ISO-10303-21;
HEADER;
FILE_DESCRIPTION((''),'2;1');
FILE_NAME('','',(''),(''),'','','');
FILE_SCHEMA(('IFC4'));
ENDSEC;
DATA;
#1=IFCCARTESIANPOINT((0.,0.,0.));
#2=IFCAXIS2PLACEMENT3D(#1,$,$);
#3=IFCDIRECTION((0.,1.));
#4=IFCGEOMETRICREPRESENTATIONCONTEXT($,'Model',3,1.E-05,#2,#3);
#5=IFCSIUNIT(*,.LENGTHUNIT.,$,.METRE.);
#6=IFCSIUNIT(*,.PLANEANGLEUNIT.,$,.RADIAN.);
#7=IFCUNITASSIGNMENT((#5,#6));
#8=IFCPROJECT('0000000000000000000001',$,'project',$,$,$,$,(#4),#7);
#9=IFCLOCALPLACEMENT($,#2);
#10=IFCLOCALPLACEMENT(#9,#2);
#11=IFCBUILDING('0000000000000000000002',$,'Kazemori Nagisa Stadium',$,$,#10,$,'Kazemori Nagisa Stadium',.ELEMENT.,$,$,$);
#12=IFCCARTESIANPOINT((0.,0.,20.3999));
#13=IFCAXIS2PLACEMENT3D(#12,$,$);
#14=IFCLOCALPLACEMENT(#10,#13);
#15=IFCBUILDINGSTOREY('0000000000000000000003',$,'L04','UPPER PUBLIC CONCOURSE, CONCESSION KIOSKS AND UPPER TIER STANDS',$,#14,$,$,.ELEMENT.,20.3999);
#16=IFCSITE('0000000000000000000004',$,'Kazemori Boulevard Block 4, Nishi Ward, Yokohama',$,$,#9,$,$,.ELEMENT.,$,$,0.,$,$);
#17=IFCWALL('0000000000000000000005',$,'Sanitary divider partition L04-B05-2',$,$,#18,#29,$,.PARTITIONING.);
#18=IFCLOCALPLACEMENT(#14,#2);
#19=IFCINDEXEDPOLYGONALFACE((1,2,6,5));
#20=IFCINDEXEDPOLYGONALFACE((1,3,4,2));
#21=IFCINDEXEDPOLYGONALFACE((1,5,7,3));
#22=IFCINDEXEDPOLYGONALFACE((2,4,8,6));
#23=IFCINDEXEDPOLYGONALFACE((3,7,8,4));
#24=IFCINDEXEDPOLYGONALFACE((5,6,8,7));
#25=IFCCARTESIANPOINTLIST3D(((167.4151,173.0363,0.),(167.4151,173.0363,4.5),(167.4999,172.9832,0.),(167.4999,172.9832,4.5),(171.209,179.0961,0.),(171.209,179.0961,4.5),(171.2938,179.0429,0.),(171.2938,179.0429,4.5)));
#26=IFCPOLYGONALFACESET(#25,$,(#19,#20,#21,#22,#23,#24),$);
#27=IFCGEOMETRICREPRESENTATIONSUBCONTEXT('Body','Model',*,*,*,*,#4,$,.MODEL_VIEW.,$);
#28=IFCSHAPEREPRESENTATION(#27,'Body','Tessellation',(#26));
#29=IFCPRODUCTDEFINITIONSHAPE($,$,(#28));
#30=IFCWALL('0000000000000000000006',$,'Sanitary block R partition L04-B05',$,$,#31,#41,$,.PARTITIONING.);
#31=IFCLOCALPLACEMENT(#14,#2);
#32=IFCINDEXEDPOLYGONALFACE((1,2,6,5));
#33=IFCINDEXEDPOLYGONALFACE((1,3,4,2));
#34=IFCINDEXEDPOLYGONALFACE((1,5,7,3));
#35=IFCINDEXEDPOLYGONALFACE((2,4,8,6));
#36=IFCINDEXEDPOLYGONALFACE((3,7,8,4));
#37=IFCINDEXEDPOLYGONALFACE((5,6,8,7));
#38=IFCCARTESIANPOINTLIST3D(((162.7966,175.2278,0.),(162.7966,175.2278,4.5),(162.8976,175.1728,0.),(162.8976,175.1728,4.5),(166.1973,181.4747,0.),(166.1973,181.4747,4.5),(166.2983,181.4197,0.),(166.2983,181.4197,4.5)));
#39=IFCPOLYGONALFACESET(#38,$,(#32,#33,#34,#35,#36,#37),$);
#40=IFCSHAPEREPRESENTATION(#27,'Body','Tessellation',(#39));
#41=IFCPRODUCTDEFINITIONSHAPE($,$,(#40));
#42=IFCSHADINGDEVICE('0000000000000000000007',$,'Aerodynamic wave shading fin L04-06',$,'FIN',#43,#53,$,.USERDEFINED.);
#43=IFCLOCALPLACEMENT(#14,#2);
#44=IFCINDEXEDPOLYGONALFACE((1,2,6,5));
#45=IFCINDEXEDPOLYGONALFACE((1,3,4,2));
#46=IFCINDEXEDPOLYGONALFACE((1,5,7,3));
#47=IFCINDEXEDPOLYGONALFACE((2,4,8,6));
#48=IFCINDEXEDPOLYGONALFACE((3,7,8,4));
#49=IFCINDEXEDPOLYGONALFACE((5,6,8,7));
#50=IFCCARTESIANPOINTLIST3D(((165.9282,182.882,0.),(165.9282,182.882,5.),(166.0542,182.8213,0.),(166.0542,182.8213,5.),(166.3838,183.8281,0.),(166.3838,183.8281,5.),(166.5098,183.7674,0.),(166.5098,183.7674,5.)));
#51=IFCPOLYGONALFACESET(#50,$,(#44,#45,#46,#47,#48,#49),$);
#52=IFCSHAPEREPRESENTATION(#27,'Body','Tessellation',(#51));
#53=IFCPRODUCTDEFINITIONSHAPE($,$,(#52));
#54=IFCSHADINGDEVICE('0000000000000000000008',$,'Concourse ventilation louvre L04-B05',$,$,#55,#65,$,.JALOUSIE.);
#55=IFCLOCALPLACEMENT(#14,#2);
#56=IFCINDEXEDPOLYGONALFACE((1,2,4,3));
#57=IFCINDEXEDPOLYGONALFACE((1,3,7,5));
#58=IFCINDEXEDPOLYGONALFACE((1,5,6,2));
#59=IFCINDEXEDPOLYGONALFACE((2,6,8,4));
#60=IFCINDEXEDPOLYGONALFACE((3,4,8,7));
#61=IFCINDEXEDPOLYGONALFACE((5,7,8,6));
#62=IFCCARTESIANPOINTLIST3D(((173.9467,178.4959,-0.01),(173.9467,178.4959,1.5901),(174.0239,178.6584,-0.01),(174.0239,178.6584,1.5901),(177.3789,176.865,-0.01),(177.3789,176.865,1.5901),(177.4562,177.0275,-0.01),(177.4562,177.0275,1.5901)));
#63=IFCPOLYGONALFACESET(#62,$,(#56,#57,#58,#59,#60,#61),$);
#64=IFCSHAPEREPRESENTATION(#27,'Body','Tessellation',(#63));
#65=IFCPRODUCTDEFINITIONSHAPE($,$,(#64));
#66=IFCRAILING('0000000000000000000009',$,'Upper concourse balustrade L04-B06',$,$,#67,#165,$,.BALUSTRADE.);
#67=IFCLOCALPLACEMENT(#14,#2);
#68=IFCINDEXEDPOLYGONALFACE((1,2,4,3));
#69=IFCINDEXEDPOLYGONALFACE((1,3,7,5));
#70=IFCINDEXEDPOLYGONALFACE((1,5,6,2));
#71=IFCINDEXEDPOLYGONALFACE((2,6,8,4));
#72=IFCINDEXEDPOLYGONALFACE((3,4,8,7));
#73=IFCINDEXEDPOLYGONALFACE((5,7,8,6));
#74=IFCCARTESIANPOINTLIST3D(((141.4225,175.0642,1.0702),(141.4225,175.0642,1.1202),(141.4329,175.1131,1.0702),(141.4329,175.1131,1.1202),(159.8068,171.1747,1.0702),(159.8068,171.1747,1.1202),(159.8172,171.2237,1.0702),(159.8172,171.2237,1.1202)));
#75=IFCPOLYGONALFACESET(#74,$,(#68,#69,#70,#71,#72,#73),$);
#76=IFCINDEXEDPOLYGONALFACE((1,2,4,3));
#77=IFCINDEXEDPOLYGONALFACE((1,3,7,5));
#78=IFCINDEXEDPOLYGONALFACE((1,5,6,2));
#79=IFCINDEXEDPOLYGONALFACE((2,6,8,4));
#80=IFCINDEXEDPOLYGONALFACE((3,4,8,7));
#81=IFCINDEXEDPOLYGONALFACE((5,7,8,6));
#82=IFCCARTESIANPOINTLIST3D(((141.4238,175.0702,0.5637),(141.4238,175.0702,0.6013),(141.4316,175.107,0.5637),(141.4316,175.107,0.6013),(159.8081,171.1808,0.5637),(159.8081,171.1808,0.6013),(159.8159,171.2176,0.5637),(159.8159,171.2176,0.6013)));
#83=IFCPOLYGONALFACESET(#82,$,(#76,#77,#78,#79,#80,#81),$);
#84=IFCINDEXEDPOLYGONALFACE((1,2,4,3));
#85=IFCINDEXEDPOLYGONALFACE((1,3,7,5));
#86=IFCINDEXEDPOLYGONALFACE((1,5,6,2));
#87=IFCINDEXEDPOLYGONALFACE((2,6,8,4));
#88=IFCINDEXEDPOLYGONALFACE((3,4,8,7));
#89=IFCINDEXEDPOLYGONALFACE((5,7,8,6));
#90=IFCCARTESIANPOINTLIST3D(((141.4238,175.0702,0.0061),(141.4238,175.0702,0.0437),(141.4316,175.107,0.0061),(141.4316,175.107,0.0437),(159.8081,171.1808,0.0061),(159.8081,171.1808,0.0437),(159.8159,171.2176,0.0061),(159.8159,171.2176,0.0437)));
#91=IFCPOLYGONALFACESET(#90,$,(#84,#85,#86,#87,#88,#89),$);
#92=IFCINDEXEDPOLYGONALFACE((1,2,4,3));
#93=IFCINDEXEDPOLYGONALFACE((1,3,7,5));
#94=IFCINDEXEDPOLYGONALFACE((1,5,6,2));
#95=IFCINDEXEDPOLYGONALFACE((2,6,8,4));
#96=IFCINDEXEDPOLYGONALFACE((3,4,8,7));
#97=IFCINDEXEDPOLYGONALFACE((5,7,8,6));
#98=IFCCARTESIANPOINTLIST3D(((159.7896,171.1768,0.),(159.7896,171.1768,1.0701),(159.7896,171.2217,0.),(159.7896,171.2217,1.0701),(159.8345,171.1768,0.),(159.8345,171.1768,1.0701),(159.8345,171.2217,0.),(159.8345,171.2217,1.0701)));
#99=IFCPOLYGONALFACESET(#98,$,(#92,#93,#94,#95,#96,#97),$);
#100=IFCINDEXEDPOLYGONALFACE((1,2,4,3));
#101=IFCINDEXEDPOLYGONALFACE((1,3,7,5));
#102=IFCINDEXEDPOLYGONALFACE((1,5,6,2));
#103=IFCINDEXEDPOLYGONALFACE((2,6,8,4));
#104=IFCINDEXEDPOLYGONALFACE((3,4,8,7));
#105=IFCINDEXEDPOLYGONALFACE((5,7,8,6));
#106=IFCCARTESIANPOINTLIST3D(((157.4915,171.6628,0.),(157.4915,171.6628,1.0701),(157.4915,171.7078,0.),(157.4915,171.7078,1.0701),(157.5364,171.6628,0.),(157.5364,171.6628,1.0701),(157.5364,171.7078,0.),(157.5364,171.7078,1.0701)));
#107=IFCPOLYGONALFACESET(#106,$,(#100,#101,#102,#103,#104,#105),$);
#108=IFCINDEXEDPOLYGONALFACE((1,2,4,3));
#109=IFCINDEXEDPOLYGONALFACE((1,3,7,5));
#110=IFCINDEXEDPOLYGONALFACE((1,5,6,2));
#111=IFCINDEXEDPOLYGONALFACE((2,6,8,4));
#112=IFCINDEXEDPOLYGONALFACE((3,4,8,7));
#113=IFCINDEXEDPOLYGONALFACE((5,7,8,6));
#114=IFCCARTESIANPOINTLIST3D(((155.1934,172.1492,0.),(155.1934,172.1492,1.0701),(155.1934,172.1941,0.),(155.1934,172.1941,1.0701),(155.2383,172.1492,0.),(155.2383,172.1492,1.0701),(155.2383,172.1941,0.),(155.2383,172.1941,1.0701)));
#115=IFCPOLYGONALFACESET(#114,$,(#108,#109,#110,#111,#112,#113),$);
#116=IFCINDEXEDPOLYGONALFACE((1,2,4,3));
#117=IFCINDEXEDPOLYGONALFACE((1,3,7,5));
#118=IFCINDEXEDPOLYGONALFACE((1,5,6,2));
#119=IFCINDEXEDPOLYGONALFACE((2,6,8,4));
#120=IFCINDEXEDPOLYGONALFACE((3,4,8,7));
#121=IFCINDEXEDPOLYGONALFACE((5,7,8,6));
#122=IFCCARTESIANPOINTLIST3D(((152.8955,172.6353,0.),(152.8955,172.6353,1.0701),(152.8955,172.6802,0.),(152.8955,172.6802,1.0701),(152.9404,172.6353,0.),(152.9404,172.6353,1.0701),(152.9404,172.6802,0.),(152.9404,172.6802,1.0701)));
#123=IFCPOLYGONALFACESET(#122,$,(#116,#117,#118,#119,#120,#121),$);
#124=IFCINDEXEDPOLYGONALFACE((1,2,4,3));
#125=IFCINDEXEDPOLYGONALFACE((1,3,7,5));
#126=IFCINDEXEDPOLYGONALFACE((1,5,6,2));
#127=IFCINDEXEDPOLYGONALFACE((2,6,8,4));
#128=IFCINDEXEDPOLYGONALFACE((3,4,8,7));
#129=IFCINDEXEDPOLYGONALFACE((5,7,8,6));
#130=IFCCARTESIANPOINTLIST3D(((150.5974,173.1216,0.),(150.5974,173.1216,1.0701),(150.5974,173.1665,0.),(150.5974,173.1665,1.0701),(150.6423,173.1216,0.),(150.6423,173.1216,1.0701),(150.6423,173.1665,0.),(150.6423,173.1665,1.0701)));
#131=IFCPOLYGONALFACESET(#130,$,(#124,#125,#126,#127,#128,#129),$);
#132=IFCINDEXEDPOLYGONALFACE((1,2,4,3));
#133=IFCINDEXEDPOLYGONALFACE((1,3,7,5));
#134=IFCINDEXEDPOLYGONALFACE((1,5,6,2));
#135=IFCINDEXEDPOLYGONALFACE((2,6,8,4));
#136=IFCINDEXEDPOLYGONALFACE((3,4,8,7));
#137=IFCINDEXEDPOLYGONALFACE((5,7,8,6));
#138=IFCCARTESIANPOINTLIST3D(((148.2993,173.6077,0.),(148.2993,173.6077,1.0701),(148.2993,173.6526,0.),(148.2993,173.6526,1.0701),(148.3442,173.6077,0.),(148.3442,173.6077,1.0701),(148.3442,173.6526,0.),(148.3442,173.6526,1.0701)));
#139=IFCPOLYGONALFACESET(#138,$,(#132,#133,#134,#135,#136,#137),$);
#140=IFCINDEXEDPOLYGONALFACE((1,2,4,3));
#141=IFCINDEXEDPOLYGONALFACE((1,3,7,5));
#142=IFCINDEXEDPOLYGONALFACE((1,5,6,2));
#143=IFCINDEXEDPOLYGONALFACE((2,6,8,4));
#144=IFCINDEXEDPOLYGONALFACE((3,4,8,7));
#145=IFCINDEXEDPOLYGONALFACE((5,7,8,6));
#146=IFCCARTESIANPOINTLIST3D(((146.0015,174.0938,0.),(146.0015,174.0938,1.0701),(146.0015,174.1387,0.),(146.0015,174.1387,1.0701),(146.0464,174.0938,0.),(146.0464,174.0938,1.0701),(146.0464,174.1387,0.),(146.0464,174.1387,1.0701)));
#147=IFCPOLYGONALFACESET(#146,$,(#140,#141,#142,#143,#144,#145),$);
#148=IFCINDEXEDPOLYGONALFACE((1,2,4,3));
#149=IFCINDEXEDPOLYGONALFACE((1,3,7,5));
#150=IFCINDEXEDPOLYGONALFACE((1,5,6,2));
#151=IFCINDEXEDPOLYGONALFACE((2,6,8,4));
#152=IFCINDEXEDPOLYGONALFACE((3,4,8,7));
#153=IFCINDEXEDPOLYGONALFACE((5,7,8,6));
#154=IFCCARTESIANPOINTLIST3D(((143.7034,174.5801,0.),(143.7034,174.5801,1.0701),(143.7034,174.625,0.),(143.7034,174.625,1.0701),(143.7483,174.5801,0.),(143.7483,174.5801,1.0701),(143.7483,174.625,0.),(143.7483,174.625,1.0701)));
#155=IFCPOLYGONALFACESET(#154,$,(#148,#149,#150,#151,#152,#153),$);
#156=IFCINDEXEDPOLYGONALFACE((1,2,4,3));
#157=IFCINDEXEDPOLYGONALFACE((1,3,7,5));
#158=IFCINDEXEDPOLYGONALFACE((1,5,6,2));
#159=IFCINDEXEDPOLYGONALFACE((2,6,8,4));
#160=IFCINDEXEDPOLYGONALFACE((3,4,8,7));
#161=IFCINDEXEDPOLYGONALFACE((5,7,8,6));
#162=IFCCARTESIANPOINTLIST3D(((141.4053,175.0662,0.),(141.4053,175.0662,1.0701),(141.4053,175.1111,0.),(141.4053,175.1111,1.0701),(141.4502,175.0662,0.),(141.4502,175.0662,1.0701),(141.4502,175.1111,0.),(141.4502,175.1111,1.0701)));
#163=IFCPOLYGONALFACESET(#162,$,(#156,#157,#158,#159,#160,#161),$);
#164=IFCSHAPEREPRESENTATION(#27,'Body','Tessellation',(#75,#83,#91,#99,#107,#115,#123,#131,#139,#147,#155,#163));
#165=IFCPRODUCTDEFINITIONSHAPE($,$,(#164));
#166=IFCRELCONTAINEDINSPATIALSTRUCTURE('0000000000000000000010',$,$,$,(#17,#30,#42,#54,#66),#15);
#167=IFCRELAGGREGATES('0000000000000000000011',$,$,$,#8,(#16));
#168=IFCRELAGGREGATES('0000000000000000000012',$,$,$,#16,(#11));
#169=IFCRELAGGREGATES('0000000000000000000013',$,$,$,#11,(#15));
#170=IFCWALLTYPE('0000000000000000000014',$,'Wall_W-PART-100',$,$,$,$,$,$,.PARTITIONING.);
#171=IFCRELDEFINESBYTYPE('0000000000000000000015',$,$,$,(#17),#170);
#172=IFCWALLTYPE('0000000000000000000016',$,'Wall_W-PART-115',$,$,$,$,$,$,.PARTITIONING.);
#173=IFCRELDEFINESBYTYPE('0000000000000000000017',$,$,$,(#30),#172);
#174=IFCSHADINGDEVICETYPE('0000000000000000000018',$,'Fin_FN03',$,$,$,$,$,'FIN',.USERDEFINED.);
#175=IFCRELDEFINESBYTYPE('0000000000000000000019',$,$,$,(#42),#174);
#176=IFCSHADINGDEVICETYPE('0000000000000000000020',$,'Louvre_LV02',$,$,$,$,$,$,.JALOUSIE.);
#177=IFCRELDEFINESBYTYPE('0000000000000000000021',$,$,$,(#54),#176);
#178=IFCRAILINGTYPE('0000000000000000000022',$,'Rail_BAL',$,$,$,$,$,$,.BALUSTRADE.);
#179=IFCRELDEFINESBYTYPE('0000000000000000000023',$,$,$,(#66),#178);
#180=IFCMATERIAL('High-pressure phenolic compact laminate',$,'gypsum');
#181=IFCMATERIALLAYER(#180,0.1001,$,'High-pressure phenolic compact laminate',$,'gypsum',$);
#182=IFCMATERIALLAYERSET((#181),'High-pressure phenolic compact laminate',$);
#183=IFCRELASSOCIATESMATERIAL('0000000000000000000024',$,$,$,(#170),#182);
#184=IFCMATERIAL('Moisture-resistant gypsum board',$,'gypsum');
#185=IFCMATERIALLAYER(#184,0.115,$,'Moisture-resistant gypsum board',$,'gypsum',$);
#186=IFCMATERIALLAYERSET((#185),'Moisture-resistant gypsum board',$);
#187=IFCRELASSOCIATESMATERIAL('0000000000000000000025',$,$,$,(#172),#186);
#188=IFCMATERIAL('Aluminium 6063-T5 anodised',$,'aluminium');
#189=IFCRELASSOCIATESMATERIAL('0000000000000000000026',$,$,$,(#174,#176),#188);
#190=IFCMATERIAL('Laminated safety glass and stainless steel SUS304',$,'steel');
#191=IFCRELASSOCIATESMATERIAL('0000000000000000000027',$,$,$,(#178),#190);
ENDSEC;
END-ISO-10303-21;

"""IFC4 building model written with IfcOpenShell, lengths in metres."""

from ifc_helpers import new_model, si_unit, direction, frame, frame_2d, origin, origin_2d, place, context, subcontext, project, spatial, rectangle, extrude, material, layer, layer_set, type_object, element, save


model = new_model("IFC4")

# Units and contexts
model_context = context("Model", 3, precision=1e-05, world=origin(), true_north=direction((0.0, 1.0)))
body_context = subcontext(model_context, "Body", "Model", "MODEL_VIEW")
ifc_project = project(units=[si_unit("LENGTHUNIT", "METRE"), si_unit("PLANEANGLEUNIT", "RADIAN")], contexts=[model_context])

# Site, building, storey
site_placement = place(None, origin())
site = spatial("IfcSite", under=ifc_project, at=site_placement, Name="Kazemori Boulevard Block 4, Nishi Ward, Yokohama", CompositionType="ELEMENT", RefElevation=0.0)
building_placement = place(site_placement, origin())
building = spatial("IfcBuilding", under=site, at=building_placement, Name="Kazemori Nagisa Stadium", LongName="Kazemori Nagisa Stadium", CompositionType="ELEMENT")
storey_placement = place(building_placement, frame((0.0, 0.0, 20.3999)))
storey = spatial("IfcBuildingStorey", under=building, at=storey_placement, Name="L04", Description="UPPER PUBLIC CONCOURSE, CONCESSION KIOSKS AND UPPER TIER STANDS", CompositionType="ELEMENT", Elevation=20.3999)

# Shared definitions
ifc_material_1 = material(Name="Aluminium 6063-T5 anodised", Category="aluminium")

# Walls
ifc_material_2 = material(Name="High-pressure phenolic compact laminate", Category="gypsum")
ifc_layer_1 = layer(ifc_material_2, 0.1001, Name="High-pressure phenolic compact laminate", Category="gypsum")
ifc_layer_set_1 = layer_set([ifc_layer_1], Name="High-pressure phenolic compact laminate")
wall_type_1 = type_object("IfcWallType", Name="Wall_W-PART-100", PredefinedType="PARTITIONING", material=ifc_layer_set_1)
wall_1_placement = place(storey_placement, frame((167.4575, 173.0098, 0.0), z_axis=(0.0, 0.0, 1.0), x_axis=(0.530659, 0.847586, 0.0)))
element("IfcWall", 1, at=wall_1_placement, inside=storey, type_object=wall_type_1, Name="Sanitary divider partition L04-B05-2", PredefinedType="PARTITIONING", context=body_context, shape_type="SweptSolid", body=[
    extrude(rectangle(XDim=7.1494, YDim=0.1001, at=frame_2d((3.5747, 0.0))), origin(), (0.0, 0.0, 1.0), 4.5),
])
ifc_material_3 = material(Name="Moisture-resistant gypsum board", Category="gypsum")
ifc_layer_2 = layer(ifc_material_3, 0.115, Name="Moisture-resistant gypsum board", Category="gypsum")
ifc_layer_set_2 = layer_set([ifc_layer_2], Name="Moisture-resistant gypsum board")
wall_type_2 = type_object("IfcWallType", Name="Wall_W-PART-115", PredefinedType="PARTITIONING", material=ifc_layer_set_2)
wall_2_placement = place(storey_placement, frame((162.8472, 175.2004, 0.0), z_axis=(0.0, 0.0, 1.0), x_axis=(0.478123, 0.878293, 0.0)))
element("IfcWall", 2, at=wall_2_placement, inside=storey, type_object=wall_type_2, Name="Sanitary block R partition L04-B05", PredefinedType="PARTITIONING", context=body_context, shape_type="SweptSolid", body=[
    extrude(rectangle(XDim=7.1125, YDim=0.115, at=frame_2d((3.5562, 0.0))), origin(), (0.0, 0.0, 1.0), 4.5),
])

# Shading devices
shading_device_type_1 = type_object("IfcShadingDeviceType", Name="Fin_FN03", ElementType="FIN", PredefinedType="USERDEFINED", material=ifc_material_1)
shading_device_1_placement = place(storey_placement, frame((166.219, 183.3247, 0.0), z_axis=(0.0, 0.0, 1.0), x_axis=(0.433884, 0.900969, 0.0)))
element("IfcShadingDevice", 3, at=shading_device_1_placement, inside=storey, type_object=shading_device_type_1, Name="Aerodynamic wave shading fin L04-06", ObjectType="FIN", PredefinedType="USERDEFINED", context=body_context, shape_type="SweptSolid", body=[
    extrude(rectangle(XDim=1.05, YDim=0.1399, at=origin_2d()), origin(), (0.0, 0.0, 1.0), 5.0),
])
shading_device_type_2 = type_object("IfcShadingDeviceType", Name="Louvre_LV02", PredefinedType="JALOUSIE", material=ifc_material_1)
shading_device_2_placement = place(storey_placement, frame((175.7014, 177.7617, -0.01), z_axis=(0.0, 0.0, 1.0), x_axis=(-0.903216, 0.429186, 0.0)))
element("IfcShadingDevice", 4, at=shading_device_2_placement, inside=storey, type_object=shading_device_type_2, Name="Concourse ventilation louvre L04-B05", PredefinedType="JALOUSIE", context=body_context, shape_type="SweptSolid", body=[
    extrude(rectangle(XDim=3.8, YDim=0.1799, at=origin_2d()), origin(), (0.0, 0.0, 1.0), 1.6001),
])

# Railing
ifc_material_4 = material(Name="Laminated safety glass and stainless steel SUS304", Category="steel")
railing_type_1 = type_object("IfcRailingType", Name="Rail_BAL", PredefinedType="BALUSTRADE", material=ifc_material_4)
railing_1_placement = place(storey_placement, frame((159.812, 171.1992, 0.0)))
element("IfcRailing", 5, at=railing_1_placement, inside=storey, type_object=railing_type_1, Name="Upper concourse balustrade L04-B06", PredefinedType="BALUSTRADE", context=body_context, shape_type="SweptSolid", body=[
    extrude(rectangle(XDim=0.05, YDim=0.05, at=origin_2d()), frame((0.0, 0.0, 1.0952), z_axis=(-0.978345, 0.20698, 0.0), x_axis=(-0.20698, -0.978345, 0.0)), (0.0, 0.0, 1.0), 18.7913),
    extrude(rectangle(XDim=0.0376, YDim=0.0376, at=origin_2d()), frame((0.0, 0.0, 0.5825), z_axis=(-0.978345, 0.20698, 0.0), x_axis=(-0.20698, -0.978345, 0.0)), (0.0, 0.0, 1.0), 18.7913),
    extrude(rectangle(XDim=0.0376, YDim=0.0376, at=origin_2d()), frame((0.0, 0.0, 0.0249), z_axis=(-0.978345, 0.20698, 0.0), x_axis=(-0.20698, -0.978345, 0.0)), (0.0, 0.0, 1.0), 18.7913),
    extrude(rectangle(XDim=0.0449, YDim=0.0449, at=origin_2d()), origin(), (0.0, 0.0, 1.0), 1.0701),
    extrude(rectangle(XDim=0.0449, YDim=0.0449, at=origin_2d()), frame((-2.2981, 0.4861, 0.0)), (0.0, 0.0, 1.0), 1.0701),
    extrude(rectangle(XDim=0.0449, YDim=0.0449, at=origin_2d()), frame((-4.5962, 0.9724, 0.0)), (0.0, 0.0, 1.0), 1.0701),
    extrude(rectangle(XDim=0.0449, YDim=0.0449, at=origin_2d()), frame((-6.894, 1.4585, 0.0)), (0.0, 0.0, 1.0), 1.0701),
    extrude(rectangle(XDim=0.0449, YDim=0.0449, at=origin_2d()), frame((-9.1921, 1.9448, 0.0)), (0.0, 0.0, 1.0), 1.0701),
    extrude(rectangle(XDim=0.0449, YDim=0.0449, at=origin_2d()), frame((-11.4902, 2.4309, 0.0)), (0.0, 0.0, 1.0), 1.0701),
    extrude(rectangle(XDim=0.0449, YDim=0.0449, at=origin_2d()), frame((-13.7881, 2.917, 0.0)), (0.0, 0.0, 1.0), 1.0701),
    extrude(rectangle(XDim=0.0449, YDim=0.0449, at=origin_2d()), frame((-16.0862, 3.4033, 0.0)), (0.0, 0.0, 1.0), 1.0701),
    extrude(rectangle(XDim=0.0449, YDim=0.0449, at=origin_2d()), frame((-18.3843, 3.8894, 0.0)), (0.0, 0.0, 1.0), 1.0701),
])

save(model, "model.ifc")
